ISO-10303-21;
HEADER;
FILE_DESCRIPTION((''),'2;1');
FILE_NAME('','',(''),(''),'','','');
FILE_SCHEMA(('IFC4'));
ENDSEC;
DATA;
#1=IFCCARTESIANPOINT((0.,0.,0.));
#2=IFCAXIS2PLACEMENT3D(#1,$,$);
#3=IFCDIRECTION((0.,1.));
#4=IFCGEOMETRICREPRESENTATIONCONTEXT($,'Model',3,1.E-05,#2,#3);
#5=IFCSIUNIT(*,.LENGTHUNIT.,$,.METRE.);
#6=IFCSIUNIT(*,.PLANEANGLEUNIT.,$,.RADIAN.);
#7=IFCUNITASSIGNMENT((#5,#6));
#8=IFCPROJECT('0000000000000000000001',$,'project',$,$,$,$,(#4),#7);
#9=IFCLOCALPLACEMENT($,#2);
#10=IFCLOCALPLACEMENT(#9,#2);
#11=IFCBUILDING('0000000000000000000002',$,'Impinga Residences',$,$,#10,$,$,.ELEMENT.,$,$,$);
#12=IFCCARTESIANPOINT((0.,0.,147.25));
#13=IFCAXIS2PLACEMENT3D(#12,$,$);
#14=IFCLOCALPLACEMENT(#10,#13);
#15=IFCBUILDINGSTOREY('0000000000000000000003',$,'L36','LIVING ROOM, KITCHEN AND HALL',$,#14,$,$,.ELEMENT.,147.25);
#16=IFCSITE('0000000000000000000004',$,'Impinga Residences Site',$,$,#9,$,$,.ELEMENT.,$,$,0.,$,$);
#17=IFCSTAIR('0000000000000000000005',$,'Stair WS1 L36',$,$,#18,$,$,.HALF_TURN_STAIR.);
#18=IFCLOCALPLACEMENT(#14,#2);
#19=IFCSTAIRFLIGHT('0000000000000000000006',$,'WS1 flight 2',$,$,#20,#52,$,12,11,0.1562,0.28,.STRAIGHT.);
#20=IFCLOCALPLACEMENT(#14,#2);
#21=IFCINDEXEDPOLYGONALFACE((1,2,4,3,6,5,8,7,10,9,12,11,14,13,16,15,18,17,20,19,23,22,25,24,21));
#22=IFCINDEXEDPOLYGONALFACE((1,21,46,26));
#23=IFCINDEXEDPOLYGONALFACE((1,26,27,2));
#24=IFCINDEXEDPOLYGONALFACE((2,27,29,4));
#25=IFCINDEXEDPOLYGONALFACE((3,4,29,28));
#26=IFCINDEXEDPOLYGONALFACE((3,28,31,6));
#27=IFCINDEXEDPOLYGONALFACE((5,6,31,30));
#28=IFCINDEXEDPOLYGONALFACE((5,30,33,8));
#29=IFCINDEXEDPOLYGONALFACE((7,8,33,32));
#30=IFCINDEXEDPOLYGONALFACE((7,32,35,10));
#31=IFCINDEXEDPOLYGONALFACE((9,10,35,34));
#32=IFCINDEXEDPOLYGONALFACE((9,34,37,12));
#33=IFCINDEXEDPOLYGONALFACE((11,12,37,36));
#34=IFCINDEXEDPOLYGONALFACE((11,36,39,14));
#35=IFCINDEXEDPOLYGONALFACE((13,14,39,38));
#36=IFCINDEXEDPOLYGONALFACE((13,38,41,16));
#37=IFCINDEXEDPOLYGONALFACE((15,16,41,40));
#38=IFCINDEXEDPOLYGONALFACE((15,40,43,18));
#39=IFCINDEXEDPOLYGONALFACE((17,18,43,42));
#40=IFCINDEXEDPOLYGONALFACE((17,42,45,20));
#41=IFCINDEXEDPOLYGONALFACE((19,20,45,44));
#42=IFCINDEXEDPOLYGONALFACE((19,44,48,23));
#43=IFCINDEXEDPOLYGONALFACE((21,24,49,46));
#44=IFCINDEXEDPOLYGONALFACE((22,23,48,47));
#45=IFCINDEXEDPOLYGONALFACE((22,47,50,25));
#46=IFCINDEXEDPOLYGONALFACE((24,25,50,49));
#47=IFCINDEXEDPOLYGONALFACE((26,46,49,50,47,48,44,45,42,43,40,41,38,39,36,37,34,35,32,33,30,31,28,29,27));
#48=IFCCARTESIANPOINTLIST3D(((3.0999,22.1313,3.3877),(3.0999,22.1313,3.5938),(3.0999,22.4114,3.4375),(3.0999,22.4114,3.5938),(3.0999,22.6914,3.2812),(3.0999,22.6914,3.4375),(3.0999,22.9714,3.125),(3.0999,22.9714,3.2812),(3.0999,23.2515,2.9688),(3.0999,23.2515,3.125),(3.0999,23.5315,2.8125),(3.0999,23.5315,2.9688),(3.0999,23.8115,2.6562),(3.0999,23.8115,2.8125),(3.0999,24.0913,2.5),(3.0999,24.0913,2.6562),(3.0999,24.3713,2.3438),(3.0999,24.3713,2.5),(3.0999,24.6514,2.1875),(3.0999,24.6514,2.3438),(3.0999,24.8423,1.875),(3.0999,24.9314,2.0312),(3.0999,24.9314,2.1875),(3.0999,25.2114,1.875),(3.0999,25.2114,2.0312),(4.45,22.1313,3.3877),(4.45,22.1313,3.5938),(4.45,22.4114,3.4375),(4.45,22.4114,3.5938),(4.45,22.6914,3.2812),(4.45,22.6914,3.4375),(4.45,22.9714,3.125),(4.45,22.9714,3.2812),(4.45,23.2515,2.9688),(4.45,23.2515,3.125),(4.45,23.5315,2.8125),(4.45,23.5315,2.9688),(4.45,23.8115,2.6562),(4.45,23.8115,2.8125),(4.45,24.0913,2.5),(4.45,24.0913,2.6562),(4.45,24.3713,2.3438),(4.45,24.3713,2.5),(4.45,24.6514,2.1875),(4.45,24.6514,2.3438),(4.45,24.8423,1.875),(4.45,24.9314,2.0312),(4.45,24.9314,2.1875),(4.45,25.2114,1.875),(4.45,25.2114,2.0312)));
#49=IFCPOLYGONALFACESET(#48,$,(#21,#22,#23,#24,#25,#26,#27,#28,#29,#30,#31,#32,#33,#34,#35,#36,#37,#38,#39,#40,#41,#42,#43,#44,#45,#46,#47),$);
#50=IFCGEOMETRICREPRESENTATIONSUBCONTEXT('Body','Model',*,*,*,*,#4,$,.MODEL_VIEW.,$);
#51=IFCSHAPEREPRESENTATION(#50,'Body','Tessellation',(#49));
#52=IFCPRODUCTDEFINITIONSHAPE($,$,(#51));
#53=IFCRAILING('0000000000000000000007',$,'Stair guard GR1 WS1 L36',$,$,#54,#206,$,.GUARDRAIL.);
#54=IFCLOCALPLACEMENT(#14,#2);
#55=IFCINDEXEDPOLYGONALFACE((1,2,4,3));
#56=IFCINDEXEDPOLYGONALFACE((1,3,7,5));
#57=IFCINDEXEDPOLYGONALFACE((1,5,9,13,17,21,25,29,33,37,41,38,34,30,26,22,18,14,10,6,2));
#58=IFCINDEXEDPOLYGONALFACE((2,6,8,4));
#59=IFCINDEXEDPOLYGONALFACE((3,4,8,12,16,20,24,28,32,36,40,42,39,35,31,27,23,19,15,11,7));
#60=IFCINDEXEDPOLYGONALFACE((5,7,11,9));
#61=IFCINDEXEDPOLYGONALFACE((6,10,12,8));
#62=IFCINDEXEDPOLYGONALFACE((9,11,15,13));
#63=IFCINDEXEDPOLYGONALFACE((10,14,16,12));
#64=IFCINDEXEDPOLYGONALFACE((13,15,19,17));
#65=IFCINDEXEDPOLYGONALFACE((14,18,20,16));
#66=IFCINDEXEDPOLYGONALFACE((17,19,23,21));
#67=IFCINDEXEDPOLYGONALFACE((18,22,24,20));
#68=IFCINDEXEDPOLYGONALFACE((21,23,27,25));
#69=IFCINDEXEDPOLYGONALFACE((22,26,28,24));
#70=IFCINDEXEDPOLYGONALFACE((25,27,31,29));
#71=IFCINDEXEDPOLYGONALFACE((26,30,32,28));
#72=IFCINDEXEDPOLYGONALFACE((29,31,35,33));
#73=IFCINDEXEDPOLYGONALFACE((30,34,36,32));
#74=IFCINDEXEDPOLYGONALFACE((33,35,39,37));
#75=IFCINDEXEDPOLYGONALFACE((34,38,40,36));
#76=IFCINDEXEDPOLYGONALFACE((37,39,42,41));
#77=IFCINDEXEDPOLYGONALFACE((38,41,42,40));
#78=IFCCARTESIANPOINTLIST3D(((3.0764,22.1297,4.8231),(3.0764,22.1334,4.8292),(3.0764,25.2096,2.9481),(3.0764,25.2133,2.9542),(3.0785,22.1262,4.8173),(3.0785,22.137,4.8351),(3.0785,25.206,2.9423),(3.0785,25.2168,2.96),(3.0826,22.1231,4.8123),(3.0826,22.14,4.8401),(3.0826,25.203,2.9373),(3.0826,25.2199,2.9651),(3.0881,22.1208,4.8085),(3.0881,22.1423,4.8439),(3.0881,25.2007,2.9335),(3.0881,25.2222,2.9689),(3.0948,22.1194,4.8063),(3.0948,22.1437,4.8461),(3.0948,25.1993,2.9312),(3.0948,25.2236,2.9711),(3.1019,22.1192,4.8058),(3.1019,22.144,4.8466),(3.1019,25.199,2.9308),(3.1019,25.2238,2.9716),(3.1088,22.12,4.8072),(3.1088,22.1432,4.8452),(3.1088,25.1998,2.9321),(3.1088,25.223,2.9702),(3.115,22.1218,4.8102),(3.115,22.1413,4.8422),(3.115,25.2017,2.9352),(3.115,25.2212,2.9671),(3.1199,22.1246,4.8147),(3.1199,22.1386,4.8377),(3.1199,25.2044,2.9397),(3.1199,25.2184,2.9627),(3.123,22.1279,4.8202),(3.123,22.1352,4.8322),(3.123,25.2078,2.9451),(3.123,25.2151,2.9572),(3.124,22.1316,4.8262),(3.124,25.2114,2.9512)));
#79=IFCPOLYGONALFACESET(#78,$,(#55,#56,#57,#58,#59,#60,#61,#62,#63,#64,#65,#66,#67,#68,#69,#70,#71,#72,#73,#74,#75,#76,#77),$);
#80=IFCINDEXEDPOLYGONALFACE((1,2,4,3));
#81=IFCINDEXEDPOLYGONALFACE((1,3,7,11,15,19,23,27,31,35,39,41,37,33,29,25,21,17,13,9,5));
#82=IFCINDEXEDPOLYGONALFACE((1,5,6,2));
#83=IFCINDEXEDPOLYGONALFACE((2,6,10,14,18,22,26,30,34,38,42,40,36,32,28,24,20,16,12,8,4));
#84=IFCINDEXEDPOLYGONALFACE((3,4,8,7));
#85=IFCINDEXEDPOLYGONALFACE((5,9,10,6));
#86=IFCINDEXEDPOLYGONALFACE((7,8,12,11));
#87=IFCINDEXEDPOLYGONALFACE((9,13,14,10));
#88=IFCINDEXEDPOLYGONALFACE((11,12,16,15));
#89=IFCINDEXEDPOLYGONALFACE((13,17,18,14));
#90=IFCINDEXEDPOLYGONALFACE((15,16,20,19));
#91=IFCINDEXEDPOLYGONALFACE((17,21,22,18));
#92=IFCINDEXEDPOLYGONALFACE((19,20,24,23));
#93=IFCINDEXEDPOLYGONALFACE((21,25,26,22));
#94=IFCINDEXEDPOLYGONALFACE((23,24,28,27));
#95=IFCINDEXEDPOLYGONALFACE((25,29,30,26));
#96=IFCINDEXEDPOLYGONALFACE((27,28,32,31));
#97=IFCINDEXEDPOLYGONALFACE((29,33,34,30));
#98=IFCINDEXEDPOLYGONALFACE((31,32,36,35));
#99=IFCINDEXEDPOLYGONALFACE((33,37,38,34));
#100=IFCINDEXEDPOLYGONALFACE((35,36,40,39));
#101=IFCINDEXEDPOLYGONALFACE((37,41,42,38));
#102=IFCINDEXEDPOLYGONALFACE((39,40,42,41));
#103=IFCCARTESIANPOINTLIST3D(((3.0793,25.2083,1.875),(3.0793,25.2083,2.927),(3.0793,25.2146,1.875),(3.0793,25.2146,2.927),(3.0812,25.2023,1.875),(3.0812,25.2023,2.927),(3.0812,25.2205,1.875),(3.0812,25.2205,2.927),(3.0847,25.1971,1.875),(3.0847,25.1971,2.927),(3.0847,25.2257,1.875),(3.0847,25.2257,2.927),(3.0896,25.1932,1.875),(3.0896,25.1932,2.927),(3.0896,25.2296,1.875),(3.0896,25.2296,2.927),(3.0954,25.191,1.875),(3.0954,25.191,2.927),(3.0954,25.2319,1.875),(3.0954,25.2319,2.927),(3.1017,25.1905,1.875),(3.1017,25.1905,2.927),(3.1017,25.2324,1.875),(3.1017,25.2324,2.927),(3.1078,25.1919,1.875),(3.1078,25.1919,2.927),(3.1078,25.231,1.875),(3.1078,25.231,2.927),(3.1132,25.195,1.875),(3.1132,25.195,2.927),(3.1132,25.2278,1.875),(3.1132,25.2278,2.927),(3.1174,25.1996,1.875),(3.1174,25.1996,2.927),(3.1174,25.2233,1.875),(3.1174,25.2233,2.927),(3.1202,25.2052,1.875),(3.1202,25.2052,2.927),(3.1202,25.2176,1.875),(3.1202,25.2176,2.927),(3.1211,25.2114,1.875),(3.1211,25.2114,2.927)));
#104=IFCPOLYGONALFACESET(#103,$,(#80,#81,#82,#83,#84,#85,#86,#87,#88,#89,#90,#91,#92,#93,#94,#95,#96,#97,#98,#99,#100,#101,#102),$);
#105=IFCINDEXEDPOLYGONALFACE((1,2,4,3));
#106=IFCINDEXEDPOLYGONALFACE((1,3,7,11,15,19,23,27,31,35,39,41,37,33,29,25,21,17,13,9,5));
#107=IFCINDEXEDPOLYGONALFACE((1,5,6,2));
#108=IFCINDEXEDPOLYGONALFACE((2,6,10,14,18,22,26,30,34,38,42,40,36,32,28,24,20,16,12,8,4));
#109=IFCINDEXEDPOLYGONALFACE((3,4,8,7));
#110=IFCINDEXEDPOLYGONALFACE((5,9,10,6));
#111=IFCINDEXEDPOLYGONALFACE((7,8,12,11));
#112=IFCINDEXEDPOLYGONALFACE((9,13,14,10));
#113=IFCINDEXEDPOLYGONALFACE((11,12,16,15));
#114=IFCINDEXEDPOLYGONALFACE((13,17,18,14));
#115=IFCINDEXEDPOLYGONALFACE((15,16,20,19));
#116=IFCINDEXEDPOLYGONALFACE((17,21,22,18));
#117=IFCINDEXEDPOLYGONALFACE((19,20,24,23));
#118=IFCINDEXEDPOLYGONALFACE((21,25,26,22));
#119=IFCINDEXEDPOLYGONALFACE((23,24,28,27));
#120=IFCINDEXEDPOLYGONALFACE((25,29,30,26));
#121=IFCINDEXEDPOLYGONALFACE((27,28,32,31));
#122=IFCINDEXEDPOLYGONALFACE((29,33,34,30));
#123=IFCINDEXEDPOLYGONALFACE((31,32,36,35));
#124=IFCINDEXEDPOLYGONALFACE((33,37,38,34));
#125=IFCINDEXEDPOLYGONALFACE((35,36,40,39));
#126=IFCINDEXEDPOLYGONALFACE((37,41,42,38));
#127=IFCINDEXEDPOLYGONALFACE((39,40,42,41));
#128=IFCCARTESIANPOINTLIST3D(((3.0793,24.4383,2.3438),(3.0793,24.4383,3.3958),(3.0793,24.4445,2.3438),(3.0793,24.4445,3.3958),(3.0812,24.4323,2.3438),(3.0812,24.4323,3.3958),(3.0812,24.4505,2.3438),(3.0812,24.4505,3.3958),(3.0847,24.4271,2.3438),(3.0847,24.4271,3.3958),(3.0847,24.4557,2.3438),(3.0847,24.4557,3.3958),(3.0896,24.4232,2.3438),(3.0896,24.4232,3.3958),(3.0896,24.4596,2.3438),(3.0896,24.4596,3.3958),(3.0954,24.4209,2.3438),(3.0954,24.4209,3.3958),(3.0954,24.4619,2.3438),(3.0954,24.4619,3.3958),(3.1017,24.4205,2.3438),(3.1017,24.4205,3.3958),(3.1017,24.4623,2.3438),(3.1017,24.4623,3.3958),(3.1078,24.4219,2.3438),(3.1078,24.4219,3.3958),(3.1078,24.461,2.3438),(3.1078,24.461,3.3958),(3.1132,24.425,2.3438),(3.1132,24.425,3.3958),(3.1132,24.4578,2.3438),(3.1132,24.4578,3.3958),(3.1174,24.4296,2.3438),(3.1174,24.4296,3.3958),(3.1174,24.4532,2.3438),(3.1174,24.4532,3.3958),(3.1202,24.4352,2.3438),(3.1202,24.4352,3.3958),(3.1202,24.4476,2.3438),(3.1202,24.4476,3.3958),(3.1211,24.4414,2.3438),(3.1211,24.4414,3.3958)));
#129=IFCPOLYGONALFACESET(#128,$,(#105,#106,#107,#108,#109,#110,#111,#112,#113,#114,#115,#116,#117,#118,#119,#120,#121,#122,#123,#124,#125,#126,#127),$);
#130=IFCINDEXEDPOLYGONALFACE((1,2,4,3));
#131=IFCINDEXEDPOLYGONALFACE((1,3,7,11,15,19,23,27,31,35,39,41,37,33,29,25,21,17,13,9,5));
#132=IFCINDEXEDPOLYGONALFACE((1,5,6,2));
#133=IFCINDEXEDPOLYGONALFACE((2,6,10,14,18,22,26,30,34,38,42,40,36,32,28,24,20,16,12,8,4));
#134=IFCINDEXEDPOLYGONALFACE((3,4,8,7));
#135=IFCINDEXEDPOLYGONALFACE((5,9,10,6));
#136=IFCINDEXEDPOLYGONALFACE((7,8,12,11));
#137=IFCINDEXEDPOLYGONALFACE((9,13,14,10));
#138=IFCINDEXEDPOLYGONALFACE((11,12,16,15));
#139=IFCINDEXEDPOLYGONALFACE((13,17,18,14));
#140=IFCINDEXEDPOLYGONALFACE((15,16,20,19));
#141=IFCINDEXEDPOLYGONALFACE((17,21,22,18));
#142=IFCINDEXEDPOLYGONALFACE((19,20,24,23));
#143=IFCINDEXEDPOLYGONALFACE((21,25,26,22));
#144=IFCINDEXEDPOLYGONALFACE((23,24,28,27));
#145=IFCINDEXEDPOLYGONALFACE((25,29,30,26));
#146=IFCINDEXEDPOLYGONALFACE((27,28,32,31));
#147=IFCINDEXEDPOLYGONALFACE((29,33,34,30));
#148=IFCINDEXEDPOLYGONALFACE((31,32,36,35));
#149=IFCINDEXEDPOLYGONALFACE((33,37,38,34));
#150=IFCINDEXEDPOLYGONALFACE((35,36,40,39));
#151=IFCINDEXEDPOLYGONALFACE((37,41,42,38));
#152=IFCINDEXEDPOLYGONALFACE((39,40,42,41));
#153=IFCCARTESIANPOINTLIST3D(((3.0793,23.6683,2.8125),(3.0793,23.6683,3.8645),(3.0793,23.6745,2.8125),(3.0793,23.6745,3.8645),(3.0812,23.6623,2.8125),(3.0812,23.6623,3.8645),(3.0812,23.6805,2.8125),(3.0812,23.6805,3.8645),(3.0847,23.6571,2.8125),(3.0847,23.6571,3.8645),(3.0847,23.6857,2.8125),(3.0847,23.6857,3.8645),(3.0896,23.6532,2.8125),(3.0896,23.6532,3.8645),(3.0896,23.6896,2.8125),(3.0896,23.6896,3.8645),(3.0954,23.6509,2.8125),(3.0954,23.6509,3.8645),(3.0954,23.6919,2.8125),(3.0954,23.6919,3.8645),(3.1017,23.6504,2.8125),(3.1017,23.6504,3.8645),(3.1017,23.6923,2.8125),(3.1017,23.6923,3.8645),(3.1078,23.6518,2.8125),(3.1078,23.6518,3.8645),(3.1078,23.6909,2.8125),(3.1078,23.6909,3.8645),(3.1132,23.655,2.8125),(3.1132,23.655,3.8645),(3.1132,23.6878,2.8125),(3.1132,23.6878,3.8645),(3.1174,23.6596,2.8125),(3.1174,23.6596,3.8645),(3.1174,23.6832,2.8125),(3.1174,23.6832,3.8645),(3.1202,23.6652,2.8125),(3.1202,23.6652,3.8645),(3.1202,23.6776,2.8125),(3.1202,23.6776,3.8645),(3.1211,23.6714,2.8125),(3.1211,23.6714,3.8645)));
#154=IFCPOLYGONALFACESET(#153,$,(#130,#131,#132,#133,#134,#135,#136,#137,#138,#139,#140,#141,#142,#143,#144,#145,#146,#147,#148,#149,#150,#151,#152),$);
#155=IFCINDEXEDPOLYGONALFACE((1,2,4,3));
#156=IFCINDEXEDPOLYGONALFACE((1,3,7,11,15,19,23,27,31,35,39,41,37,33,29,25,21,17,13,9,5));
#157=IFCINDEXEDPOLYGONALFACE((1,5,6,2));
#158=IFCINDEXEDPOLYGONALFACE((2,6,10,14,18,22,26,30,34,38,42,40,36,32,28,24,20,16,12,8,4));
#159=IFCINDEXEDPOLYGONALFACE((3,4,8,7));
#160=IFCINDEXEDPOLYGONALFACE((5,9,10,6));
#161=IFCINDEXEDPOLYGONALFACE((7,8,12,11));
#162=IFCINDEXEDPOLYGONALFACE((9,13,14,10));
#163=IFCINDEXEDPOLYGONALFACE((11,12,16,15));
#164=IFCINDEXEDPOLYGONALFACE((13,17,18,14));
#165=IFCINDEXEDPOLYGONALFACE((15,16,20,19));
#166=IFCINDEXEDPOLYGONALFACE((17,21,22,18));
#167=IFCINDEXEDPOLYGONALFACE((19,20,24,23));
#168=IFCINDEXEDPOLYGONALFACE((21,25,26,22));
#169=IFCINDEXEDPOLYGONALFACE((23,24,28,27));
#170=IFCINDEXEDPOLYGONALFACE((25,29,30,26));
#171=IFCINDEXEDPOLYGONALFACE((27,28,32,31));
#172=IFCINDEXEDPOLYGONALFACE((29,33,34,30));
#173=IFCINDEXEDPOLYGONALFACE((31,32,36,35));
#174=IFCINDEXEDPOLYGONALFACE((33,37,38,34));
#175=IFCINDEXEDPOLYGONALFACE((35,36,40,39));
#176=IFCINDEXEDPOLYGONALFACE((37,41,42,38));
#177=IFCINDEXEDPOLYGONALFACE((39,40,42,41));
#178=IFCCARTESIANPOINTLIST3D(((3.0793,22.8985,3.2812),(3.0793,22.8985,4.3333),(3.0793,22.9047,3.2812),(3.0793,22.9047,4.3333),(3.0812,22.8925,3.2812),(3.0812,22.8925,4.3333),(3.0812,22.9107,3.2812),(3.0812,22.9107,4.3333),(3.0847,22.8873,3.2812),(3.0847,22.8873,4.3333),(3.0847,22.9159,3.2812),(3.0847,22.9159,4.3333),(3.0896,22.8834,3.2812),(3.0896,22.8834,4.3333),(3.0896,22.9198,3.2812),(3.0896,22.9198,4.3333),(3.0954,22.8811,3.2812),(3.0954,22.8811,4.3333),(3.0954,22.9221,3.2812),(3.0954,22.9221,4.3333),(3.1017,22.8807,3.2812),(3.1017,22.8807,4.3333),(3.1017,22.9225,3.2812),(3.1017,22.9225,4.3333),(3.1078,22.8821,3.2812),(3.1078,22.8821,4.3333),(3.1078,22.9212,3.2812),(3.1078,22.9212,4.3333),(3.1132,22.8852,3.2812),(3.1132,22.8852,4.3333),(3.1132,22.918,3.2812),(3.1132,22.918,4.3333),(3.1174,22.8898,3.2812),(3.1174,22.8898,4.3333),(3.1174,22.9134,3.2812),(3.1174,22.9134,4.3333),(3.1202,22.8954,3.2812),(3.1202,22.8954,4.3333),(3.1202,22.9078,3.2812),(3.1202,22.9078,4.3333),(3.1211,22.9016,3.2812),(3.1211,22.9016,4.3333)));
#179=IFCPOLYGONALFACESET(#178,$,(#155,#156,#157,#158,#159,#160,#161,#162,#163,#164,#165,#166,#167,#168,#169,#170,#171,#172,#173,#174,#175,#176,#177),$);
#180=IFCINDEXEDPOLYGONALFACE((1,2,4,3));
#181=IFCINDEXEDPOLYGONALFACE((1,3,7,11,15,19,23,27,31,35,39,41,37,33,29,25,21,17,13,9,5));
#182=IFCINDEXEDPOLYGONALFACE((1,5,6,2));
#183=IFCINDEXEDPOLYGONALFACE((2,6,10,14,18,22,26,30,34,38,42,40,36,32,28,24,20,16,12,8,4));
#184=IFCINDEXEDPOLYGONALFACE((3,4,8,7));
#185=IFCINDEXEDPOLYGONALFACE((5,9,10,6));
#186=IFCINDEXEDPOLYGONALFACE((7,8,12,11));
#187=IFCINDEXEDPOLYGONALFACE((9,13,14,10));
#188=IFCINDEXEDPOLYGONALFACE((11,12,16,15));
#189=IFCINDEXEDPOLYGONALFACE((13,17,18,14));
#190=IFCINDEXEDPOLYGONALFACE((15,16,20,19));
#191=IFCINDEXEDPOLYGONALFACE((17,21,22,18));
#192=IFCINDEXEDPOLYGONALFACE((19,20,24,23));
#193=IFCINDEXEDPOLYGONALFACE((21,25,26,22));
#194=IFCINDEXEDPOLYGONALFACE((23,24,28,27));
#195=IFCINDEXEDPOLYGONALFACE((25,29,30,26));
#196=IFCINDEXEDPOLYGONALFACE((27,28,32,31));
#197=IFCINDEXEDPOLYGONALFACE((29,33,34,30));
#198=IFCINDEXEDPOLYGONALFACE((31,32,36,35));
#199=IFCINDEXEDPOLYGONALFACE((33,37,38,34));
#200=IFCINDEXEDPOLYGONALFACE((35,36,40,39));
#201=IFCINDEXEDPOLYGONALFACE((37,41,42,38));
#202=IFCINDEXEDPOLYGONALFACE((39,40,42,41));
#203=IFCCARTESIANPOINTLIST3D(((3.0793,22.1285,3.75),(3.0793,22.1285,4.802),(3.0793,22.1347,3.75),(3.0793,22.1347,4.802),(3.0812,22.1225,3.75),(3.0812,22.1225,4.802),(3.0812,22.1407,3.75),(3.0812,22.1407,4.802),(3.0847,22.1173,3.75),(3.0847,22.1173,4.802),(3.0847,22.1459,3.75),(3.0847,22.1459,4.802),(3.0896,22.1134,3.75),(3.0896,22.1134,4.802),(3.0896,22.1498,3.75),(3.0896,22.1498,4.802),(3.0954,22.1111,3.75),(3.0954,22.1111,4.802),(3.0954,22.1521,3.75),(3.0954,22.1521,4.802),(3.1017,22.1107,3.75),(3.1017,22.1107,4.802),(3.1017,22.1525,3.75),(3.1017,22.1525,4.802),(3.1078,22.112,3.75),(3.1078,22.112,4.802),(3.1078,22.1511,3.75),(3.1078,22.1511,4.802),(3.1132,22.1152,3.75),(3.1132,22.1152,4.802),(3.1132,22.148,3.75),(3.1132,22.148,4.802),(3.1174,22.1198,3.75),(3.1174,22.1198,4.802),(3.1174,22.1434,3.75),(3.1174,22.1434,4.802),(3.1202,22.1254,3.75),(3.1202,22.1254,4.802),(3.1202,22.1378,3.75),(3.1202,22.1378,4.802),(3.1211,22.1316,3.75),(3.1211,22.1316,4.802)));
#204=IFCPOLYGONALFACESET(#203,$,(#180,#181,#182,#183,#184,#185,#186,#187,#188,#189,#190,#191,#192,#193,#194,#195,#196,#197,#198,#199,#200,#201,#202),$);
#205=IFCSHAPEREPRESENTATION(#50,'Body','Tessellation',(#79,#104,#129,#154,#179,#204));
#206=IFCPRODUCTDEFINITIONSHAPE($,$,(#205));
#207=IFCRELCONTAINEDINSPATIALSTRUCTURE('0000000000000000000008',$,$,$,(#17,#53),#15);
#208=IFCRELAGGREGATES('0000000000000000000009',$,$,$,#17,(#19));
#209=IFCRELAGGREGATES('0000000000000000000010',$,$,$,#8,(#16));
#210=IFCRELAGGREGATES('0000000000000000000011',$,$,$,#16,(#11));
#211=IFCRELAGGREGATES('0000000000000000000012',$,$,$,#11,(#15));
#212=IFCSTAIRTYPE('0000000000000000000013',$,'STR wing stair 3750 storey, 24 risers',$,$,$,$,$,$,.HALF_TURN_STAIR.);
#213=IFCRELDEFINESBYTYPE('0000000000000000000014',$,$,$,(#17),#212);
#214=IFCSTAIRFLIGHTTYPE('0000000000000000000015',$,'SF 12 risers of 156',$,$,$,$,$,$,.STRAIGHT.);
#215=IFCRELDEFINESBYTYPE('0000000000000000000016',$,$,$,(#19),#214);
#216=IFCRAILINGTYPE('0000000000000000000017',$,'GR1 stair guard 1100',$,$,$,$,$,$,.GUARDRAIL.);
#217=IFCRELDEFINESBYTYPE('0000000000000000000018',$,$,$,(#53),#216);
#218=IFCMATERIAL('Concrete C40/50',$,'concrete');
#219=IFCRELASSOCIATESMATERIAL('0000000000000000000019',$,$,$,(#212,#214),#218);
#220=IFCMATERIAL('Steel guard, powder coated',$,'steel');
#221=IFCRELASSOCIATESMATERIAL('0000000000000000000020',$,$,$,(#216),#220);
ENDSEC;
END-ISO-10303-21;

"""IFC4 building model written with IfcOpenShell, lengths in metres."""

from ifc_helpers import new_model, si_unit, direction, frame, origin, origin_2d, place, context, subcontext, project, spatial, polyline, circle, outline, extrude, material, type_object, element, aggregate, save


model = new_model("IFC4")

# Units and contexts
model_context = context("Model", 3, precision=1e-05, world=origin(), true_north=direction((0.0, 1.0)))
body_context = subcontext(model_context, "Body", "Model", "MODEL_VIEW")
ifc_project = project(units=[si_unit("LENGTHUNIT", "METRE"), si_unit("PLANEANGLEUNIT", "RADIAN")], contexts=[model_context])

# Site, building, storey
site_placement = place(None, origin())
site = spatial("IfcSite", under=ifc_project, at=site_placement, Name="Impinga Residences Site", CompositionType="ELEMENT", RefElevation=0.0)
building_placement = place(site_placement, origin())
building = spatial("IfcBuilding", under=site, at=building_placement, Name="Impinga Residences", CompositionType="ELEMENT")
storey_placement = place(building_placement, frame((0.0, 0.0, 147.25)))
storey = spatial("IfcBuildingStorey", under=building, at=storey_placement, Name="L36", Description="LIVING ROOM, KITCHEN AND HALL", CompositionType="ELEMENT", Elevation=147.25)

# Stair, stair flight
ifc_material_1 = material(Name="Concrete C40/50", Category="concrete")
stair_type = type_object("IfcStairType", Name="STR wing stair 3750 storey, 24 risers", PredefinedType="HALF_TURN_STAIR", material=ifc_material_1)
stair_placement = place(storey_placement, origin())
stair = element("IfcStair", 1, at=stair_placement, inside=storey, type_object=stair_type, Name="Stair WS1 L36", PredefinedType="HALF_TURN_STAIR")
stair_flight_type = type_object("IfcStairFlightType", Name="SF 12 risers of 156", PredefinedType="STRAIGHT", material=ifc_material_1)
stair_flight_placement = place(storey_placement, frame((3.7749, 25.2114, 1.875), z_axis=(0.0, 0.0, 1.0), x_axis=(0.0, -1.0, 0.0)))
stair_flight = element("IfcStairFlight", 2, at=stair_flight_placement, type_object=stair_flight_type, Name="WS1 flight 2", NumberOfRisers=12, NumberOfTreads=11, PredefinedType="STRAIGHT", RiserHeight=0.1562, TreadLength=0.28, context=body_context, shape_type="SweptSolid", body=[
    extrude(outline(polyline([(0.0, 0.0), (0.0, 0.1562), (0.28, 0.1562), (0.28, 0.3125), (0.5601, 0.3125), (0.5601, 0.4688), (0.8401, 0.4688), (0.8401, 0.625), (1.1201, 0.625), (1.1201, 0.7812), (1.3999, 0.7812), (1.3999, 0.9375), (1.6799, 0.9375), (1.6799, 1.0938), (1.96, 1.0938), (1.96, 1.25), (2.24, 1.25), (2.24, 1.4062), (2.52, 1.4062), (2.52, 1.5625), (2.8, 1.5625), (2.8, 1.7188), (3.0801, 1.7188), (3.0801, 1.875), (3.0801, 1.5127), (0.3691, 0.0), (0.0, 0.0)])), frame((0.0, 0.675, 0.0), z_axis=(0.0, -1.0, 0.0), x_axis=(1.0, 0.0, 0.0)), (0.0, 0.0, 1.0), 1.3501),
])
aggregate(stair, [stair_flight])

# Railing
ifc_material_2 = material(Name="Steel guard, powder coated", Category="steel")
railing_type_1 = type_object("IfcRailingType", Name="GR1 stair guard 1100", PredefinedType="GUARDRAIL", material=ifc_material_2)
railing_1_placement = place(storey_placement, frame((3.1001, 25.2114, 1.875)))
element("IfcRailing", 3, at=railing_1_placement, inside=storey, type_object=railing_type_1, Name="Stair guard GR1 WS1 L36", PredefinedType="GUARDRAIL", context=body_context, shape_type="SweptSolid", body=[
    extrude(circle(Radius=0.0239, at=origin_2d()), frame((0.0, 0.0, 1.0762), z_axis=(0.0, -0.854159, 0.520011), x_axis=(1.0, 0.0, 0.0)), (0.0, 0.0, 1.0), 3.6057),
    extrude(circle(Radius=0.021, at=origin_2d()), origin(), (0.0, 0.0, 1.0), 1.052),
    extrude(circle(Radius=0.021, at=origin_2d()), frame((0.0, -0.77, 0.4688)), (0.0, 0.0, 1.0), 1.052),
    extrude(circle(Radius=0.021, at=origin_2d()), frame((0.0, -1.54, 0.9375)), (0.0, 0.0, 1.0), 1.052),
    extrude(circle(Radius=0.021, at=origin_2d()), frame((0.0, -2.3098, 1.4062)), (0.0, 0.0, 1.0), 1.052),
    extrude(circle(Radius=0.021, at=origin_2d()), frame((0.0, -3.0798, 1.875)), (0.0, 0.0, 1.0), 1.052),
])

save(model, "model.ifc")
